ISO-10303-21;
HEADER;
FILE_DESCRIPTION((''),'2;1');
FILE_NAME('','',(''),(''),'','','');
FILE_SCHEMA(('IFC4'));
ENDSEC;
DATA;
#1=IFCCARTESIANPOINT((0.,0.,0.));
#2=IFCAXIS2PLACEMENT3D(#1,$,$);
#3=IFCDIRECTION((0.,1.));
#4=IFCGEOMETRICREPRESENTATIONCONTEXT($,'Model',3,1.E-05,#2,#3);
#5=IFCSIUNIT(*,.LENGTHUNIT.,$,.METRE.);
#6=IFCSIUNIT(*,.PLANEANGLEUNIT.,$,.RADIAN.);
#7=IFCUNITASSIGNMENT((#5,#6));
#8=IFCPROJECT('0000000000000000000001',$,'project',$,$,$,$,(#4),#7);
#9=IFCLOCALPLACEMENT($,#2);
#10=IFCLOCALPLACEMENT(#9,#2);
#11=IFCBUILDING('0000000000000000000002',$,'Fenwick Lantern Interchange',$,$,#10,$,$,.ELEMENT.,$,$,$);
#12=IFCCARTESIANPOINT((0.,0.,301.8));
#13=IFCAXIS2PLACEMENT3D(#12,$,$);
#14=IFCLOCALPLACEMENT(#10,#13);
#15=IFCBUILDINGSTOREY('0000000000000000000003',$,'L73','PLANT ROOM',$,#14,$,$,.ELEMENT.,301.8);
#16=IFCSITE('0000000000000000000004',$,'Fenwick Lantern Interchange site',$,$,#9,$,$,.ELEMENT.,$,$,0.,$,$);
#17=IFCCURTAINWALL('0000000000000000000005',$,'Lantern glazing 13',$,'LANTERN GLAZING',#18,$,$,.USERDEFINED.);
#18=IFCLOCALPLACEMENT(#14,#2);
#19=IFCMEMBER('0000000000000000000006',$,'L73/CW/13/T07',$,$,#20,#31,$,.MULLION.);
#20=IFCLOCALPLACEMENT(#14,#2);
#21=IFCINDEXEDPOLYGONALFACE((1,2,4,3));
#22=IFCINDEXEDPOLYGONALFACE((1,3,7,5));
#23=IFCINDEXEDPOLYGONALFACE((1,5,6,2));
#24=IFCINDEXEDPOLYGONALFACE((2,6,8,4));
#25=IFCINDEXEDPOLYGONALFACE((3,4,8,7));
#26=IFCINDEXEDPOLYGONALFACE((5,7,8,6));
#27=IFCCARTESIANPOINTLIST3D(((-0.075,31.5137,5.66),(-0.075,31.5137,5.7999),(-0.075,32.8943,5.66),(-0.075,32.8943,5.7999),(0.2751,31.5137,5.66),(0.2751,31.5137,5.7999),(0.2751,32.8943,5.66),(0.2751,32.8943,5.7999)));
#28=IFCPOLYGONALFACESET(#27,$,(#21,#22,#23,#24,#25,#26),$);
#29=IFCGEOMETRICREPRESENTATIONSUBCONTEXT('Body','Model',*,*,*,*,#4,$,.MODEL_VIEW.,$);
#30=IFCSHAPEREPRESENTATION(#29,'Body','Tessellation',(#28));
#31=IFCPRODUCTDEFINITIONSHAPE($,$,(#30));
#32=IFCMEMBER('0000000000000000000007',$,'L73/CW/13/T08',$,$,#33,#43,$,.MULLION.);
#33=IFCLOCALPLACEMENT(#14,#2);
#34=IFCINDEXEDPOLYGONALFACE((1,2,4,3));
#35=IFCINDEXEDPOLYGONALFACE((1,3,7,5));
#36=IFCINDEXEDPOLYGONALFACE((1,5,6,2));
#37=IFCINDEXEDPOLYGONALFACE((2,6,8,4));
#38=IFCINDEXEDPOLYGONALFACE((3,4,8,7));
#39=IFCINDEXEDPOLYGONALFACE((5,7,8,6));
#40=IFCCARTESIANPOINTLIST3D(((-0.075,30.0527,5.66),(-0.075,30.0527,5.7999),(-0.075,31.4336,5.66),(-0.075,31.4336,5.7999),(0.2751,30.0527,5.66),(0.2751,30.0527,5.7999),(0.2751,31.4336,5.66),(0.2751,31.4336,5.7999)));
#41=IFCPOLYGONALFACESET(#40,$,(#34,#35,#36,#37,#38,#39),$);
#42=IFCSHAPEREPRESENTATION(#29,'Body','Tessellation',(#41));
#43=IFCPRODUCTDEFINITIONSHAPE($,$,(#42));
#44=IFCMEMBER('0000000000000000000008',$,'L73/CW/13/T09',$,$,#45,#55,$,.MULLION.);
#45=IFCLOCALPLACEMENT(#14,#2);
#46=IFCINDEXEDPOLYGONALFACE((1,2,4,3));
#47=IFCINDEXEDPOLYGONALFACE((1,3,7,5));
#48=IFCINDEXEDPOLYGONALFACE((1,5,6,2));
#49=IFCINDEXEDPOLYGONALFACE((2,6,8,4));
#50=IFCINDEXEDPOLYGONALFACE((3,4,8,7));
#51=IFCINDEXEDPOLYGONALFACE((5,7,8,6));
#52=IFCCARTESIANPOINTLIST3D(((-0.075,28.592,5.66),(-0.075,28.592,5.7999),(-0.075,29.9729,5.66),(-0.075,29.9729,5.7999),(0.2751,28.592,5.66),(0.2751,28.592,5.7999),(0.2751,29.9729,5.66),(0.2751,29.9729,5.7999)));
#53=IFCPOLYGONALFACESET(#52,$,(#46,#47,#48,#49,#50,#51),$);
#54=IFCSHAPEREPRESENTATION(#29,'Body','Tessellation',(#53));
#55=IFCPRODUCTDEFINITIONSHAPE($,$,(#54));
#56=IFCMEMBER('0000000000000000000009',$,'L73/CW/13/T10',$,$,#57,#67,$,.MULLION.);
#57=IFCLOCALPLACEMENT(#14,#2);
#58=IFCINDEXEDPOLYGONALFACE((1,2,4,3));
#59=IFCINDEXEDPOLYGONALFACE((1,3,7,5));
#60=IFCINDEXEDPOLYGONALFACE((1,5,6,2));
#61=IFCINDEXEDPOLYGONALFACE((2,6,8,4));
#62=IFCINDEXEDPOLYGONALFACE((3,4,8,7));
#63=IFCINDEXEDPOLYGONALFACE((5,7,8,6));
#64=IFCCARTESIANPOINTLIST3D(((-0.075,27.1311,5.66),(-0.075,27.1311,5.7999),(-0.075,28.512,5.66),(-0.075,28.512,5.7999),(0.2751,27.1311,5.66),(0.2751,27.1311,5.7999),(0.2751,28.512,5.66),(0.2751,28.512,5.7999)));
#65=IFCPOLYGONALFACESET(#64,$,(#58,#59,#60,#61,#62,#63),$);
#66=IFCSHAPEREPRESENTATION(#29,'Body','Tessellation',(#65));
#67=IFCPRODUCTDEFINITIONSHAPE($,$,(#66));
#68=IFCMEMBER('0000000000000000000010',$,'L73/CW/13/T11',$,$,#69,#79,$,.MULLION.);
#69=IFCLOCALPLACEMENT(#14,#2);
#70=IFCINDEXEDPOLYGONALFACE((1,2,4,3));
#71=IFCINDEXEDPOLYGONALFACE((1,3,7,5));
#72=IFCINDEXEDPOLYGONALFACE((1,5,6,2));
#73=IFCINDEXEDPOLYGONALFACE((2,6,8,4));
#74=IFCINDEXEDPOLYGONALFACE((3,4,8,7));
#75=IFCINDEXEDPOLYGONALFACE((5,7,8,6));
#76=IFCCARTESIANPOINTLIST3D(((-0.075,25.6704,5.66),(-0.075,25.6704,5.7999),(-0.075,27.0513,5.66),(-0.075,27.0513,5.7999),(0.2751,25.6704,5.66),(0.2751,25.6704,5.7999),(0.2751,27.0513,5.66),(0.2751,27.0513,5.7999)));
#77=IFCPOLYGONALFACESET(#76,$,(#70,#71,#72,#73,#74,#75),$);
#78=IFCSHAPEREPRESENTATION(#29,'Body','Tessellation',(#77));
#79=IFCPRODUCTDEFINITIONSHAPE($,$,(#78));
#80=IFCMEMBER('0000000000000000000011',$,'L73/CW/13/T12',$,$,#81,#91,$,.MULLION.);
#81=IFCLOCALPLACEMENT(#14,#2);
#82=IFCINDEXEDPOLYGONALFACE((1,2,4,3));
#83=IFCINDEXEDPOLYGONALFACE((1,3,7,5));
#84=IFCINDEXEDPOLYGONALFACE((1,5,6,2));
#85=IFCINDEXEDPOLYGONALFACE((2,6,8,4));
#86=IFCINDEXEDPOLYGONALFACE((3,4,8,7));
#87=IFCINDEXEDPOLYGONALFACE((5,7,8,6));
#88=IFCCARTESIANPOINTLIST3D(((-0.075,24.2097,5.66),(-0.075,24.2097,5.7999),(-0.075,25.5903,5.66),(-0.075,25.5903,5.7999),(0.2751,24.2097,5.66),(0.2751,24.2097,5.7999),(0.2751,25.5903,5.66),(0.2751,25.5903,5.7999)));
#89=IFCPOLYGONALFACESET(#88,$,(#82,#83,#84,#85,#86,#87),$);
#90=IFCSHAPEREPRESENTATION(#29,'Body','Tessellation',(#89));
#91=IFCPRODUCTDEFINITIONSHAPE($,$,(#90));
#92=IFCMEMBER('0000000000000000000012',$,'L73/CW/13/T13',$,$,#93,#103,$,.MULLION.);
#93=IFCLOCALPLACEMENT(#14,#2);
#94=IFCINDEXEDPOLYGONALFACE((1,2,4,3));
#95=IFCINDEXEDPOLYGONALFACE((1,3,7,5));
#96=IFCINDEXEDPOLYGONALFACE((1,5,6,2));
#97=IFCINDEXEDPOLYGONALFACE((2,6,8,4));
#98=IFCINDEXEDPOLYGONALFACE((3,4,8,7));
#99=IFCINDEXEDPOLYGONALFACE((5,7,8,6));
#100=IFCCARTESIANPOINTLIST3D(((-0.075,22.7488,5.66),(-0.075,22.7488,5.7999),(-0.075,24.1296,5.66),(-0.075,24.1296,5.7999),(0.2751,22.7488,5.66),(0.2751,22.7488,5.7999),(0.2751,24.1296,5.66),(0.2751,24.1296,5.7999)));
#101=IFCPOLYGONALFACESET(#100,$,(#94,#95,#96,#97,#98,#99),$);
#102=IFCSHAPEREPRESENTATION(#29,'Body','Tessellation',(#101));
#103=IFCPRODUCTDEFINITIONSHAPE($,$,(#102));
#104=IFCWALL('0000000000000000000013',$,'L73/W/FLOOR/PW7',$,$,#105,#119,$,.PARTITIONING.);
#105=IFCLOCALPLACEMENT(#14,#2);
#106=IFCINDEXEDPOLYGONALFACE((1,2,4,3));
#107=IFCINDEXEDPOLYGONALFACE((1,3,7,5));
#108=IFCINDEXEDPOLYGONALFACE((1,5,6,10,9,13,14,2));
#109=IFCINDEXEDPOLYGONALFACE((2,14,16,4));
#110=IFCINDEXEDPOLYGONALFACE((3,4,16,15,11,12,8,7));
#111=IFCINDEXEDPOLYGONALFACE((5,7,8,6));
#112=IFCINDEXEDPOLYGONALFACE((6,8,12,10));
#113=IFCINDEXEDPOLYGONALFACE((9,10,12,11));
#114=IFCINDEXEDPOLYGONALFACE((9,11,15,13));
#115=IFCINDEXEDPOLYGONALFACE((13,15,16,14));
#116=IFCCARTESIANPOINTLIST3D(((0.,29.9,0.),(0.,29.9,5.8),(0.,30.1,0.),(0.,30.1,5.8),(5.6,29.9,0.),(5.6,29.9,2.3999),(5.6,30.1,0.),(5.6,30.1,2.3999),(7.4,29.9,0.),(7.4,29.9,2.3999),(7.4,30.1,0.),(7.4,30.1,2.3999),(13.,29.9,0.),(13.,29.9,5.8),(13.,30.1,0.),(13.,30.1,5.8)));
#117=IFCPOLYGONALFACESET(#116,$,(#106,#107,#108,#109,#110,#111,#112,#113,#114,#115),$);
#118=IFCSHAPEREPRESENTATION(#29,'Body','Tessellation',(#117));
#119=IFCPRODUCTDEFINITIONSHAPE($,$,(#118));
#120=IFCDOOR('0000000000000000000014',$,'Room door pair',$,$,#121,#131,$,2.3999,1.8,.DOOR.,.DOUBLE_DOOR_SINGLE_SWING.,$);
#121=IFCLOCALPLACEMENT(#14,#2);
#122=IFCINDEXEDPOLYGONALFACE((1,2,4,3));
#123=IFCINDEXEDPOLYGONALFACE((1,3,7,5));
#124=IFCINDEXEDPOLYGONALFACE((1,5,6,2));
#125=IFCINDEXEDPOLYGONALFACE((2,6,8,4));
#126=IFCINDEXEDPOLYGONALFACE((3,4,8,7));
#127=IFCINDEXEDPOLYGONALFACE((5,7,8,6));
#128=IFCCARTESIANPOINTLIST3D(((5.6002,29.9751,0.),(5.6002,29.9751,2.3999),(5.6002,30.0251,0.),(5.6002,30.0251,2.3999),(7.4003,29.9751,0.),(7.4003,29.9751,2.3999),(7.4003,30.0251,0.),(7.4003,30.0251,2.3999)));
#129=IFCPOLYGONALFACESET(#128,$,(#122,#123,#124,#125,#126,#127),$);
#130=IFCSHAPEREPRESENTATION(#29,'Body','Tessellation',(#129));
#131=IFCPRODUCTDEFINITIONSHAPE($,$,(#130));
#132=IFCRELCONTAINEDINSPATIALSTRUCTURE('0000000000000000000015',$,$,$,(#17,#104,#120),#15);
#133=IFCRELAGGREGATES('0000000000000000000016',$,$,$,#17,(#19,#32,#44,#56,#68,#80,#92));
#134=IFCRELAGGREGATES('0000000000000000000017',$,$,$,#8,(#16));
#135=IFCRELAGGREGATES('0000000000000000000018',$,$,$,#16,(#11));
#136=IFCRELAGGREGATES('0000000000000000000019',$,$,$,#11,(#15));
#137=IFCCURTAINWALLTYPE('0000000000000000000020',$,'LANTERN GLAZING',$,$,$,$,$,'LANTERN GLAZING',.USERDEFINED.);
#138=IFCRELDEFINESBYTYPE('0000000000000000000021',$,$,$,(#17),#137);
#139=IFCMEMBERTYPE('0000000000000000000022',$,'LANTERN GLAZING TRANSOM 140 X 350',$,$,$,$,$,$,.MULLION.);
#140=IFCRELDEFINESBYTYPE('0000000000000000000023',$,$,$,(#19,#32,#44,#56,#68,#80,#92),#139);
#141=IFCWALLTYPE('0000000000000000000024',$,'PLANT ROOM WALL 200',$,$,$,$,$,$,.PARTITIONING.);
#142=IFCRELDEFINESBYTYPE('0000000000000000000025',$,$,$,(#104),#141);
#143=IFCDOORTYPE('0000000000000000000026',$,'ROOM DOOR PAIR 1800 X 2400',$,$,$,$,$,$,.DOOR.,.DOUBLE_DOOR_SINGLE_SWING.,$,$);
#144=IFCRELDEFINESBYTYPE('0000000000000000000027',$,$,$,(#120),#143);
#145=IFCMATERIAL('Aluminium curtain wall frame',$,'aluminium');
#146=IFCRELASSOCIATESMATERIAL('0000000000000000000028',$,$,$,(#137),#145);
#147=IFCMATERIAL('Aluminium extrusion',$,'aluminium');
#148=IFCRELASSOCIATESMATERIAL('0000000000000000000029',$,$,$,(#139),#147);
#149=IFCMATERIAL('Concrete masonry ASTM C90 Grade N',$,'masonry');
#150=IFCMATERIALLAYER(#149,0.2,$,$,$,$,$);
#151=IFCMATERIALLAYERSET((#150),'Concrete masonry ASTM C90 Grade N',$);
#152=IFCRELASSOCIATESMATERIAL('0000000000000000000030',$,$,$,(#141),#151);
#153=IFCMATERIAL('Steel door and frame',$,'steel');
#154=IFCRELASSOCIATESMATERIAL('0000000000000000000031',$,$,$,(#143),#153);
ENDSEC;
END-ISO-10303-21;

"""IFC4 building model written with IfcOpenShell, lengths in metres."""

from ifc_helpers import new_model, si_unit, direction, frame, frame_2d, origin, origin_2d, place, context, subcontext, project, spatial, rectangle, extrude, material, layer, layer_set, material_profile, profile_set, type_object, element, fill, aggregate, save


model = new_model("IFC4")

# Units and contexts
model_context = context("Model", 3, precision=1e-05, world=origin(), true_north=direction((0.0, 1.0)))
body_context = subcontext(model_context, "Body", "Model", "MODEL_VIEW")
ifc_project = project(units=[si_unit("LENGTHUNIT", "METRE"), si_unit("PLANEANGLEUNIT", "RADIAN")], contexts=[model_context])

# Site, building, storey
site_placement = place(None, origin())
site = spatial("IfcSite", under=ifc_project, at=site_placement, Name="Fenwick Lantern Interchange site", CompositionType="ELEMENT", RefElevation=0.0)
building_placement = place(site_placement, origin())
building = spatial("IfcBuilding", under=site, at=building_placement, Name="Fenwick Lantern Interchange", CompositionType="ELEMENT")
storey_placement = place(building_placement, frame((0.0, 0.0, 301.8)))
storey = spatial("IfcBuildingStorey", under=building, at=storey_placement, Name="L73", Description="PLANT ROOM", CompositionType="ELEMENT", Elevation=301.8)

# Curtain wall, members
ifc_material_1 = material(Name="Aluminium curtain wall frame", Category="aluminium")
curtain_wall_type = type_object("IfcCurtainWallType", Name="LANTERN GLAZING", ElementType="LANTERN GLAZING", PredefinedType="USERDEFINED", material=ifc_material_1)
curtain_wall_placement = place(storey_placement, origin())
curtain_wall = element("IfcCurtainWall", 1, at=curtain_wall_placement, inside=storey, type_object=curtain_wall_type, Name="Lantern glazing 13", ObjectType="LANTERN GLAZING", PredefinedType="USERDEFINED")
ifc_material_2 = material(Name="Aluminium extrusion", Category="aluminium")
ifc_material_profile_1 = material_profile(ifc_material_2, rectangle(XDim=0.3501, YDim=0.1399, at=origin_2d()), Name="LANTERN GLAZING TRANSOM 140 X 350")
ifc_profile_set_1 = profile_set([ifc_material_profile_1], Name="Aluminium extrusion")
member_type_1 = type_object("IfcMemberType", Name="LANTERN GLAZING TRANSOM 140 X 350", PredefinedType="MULLION", material=ifc_profile_set_1)
member_1_placement = place(storey_placement, frame((0.1001, 32.8943, 5.73), z_axis=(0.0, -1.0, 0.0), x_axis=(1.0, 0.0, 0.0)))
member_1 = element("IfcMember", 2, at=member_1_placement, type_object=member_type_1, Name="L73/CW/13/T07", PredefinedType="MULLION", context=body_context, shape_type="SweptSolid", body=[
    extrude(rectangle(XDim=0.3501, YDim=0.1399, at=origin_2d()), origin(), (0.0, 0.0, 1.0), 1.3806),
])
member_2_placement = place(storey_placement, frame((0.1001, 31.4336, 5.73), z_axis=(0.0, -1.0, 0.0), x_axis=(1.0, 0.0, 0.0)))
member_2 = element("IfcMember", 3, at=member_2_placement, type_object=member_type_1, Name="L73/CW/13/T08", PredefinedType="MULLION", context=body_context, shape_type="SweptSolid", body=[
    extrude(rectangle(XDim=0.3501, YDim=0.1399, at=origin_2d()), origin(), (0.0, 0.0, 1.0), 1.3809),
])
member_3_placement = place(storey_placement, frame((0.1001, 29.9729, 5.73), z_axis=(0.0, -1.0, 0.0), x_axis=(1.0, 0.0, 0.0)))
member_3 = element("IfcMember", 4, at=member_3_placement, type_object=member_type_1, Name="L73/CW/13/T09", PredefinedType="MULLION", context=body_context, shape_type="SweptSolid", body=[
    extrude(rectangle(XDim=0.3501, YDim=0.1399, at=origin_2d()), origin(), (0.0, 0.0, 1.0), 1.3809),
])
member_4_placement = place(storey_placement, frame((0.1001, 28.512, 5.73), z_axis=(0.0, -1.0, 0.0), x_axis=(1.0, 0.0, 0.0)))
member_4 = element("IfcMember", 5, at=member_4_placement, type_object=member_type_1, Name="L73/CW/13/T10", PredefinedType="MULLION", context=body_context, shape_type="SweptSolid", body=[
    extrude(rectangle(XDim=0.3501, YDim=0.1399, at=origin_2d()), origin(), (0.0, 0.0, 1.0), 1.3809),
])
member_5_placement = place(storey_placement, frame((0.1001, 27.0513, 5.73), z_axis=(0.0, -1.0, 0.0), x_axis=(1.0, 0.0, 0.0)))
member_5 = element("IfcMember", 6, at=member_5_placement, type_object=member_type_1, Name="L73/CW/13/T11", PredefinedType="MULLION", context=body_context, shape_type="SweptSolid", body=[
    extrude(rectangle(XDim=0.3501, YDim=0.1399, at=origin_2d()), origin(), (0.0, 0.0, 1.0), 1.3809),
])
member_6_placement = place(storey_placement, frame((0.1001, 25.5903, 5.73), z_axis=(0.0, -1.0, 0.0), x_axis=(1.0, 0.0, 0.0)))
member_6 = element("IfcMember", 7, at=member_6_placement, type_object=member_type_1, Name="L73/CW/13/T12", PredefinedType="MULLION", context=body_context, shape_type="SweptSolid", body=[
    extrude(rectangle(XDim=0.3501, YDim=0.1399, at=origin_2d()), origin(), (0.0, 0.0, 1.0), 1.3806),
])
member_7_placement = place(storey_placement, frame((0.1001, 24.1296, 5.73), z_axis=(0.0, -1.0, 0.0), x_axis=(1.0, 0.0, 0.0)))
member_7 = element("IfcMember", 8, at=member_7_placement, type_object=member_type_1, Name="L73/CW/13/T13", PredefinedType="MULLION", context=body_context, shape_type="SweptSolid", body=[
    extrude(rectangle(XDim=0.3501, YDim=0.1399, at=origin_2d()), origin(), (0.0, 0.0, 1.0), 1.3809),
])
aggregate(curtain_wall, [member_1, member_2, member_3, member_4, member_5, member_6, member_7])

# Wall, opening, door
ifc_material_3 = material(Name="Concrete masonry ASTM C90 Grade N", Category="masonry")
ifc_layer = layer(ifc_material_3, 0.2)
ifc_layer_set = layer_set([ifc_layer], Name="Concrete masonry ASTM C90 Grade N")
wall_type = type_object("IfcWallType", Name="PLANT ROOM WALL 200", PredefinedType="PARTITIONING", material=ifc_layer_set)
wall_placement = place(storey_placement, frame((0.0, 30.0, 0.0), z_axis=(0.0, 0.0, 1.0), x_axis=(1.0, 0.0, 0.0)))
wall = element("IfcWall", 9, at=wall_placement, inside=storey, type_object=wall_type, Name="L73/W/FLOOR/PW7", PredefinedType="PARTITIONING", context=body_context, shape_type="SweptSolid", body=[
    extrude(rectangle(XDim=13.0, YDim=0.2, at=frame_2d((6.5, 0.0))), origin(), (0.0, 0.0, 1.0), 5.8),
])
opening_placement = place(wall_placement, frame((5.6001, 0.0, 0.0)))
opening = element("IfcOpeningElement", 10, at=opening_placement, cuts=wall, PredefinedType="OPENING", context=body_context, shape_type="SweptSolid", body=[
    extrude(rectangle(XDim=1.8, YDim=2.3999, at=frame_2d((0.8999, 1.2))), frame((0.0, 0.1099, 0.0), z_axis=(0.0, -1.0, 0.0), x_axis=(1.0, 0.0, 0.0)), (0.0, 0.0, 1.0), 0.22),
])
ifc_material_4 = material(Name="Steel door and frame", Category="steel")
door_type = type_object("IfcDoorType", Name="ROOM DOOR PAIR 1800 X 2400", OperationType="DOUBLE_DOOR_SINGLE_SWING", PredefinedType="DOOR", material=ifc_material_4)
door_placement = place(opening_placement, frame((1.8, 0.0, 0.0), z_axis=(0.0, 0.0, 1.0), x_axis=(-1.0, 0.0, 0.0)))
door = element("IfcDoor", 11, at=door_placement, inside=storey, type_object=door_type, Name="Room door pair", OperationType="DOUBLE_DOOR_SINGLE_SWING", OverallHeight=2.3999, OverallWidth=1.8, PredefinedType="DOOR", context=body_context, shape_type="SweptSolid", body=[
    extrude(rectangle(XDim=1.8, YDim=2.3999, at=frame_2d((0.8999, 1.2))), frame((0.0, 0.0249, 0.0), z_axis=(0.0, -1.0, 0.0), x_axis=(1.0, 0.0, 0.0)), (0.0, 0.0, 1.0), 0.05),
])
fill(opening, door)

save(model, "model.ifc")
